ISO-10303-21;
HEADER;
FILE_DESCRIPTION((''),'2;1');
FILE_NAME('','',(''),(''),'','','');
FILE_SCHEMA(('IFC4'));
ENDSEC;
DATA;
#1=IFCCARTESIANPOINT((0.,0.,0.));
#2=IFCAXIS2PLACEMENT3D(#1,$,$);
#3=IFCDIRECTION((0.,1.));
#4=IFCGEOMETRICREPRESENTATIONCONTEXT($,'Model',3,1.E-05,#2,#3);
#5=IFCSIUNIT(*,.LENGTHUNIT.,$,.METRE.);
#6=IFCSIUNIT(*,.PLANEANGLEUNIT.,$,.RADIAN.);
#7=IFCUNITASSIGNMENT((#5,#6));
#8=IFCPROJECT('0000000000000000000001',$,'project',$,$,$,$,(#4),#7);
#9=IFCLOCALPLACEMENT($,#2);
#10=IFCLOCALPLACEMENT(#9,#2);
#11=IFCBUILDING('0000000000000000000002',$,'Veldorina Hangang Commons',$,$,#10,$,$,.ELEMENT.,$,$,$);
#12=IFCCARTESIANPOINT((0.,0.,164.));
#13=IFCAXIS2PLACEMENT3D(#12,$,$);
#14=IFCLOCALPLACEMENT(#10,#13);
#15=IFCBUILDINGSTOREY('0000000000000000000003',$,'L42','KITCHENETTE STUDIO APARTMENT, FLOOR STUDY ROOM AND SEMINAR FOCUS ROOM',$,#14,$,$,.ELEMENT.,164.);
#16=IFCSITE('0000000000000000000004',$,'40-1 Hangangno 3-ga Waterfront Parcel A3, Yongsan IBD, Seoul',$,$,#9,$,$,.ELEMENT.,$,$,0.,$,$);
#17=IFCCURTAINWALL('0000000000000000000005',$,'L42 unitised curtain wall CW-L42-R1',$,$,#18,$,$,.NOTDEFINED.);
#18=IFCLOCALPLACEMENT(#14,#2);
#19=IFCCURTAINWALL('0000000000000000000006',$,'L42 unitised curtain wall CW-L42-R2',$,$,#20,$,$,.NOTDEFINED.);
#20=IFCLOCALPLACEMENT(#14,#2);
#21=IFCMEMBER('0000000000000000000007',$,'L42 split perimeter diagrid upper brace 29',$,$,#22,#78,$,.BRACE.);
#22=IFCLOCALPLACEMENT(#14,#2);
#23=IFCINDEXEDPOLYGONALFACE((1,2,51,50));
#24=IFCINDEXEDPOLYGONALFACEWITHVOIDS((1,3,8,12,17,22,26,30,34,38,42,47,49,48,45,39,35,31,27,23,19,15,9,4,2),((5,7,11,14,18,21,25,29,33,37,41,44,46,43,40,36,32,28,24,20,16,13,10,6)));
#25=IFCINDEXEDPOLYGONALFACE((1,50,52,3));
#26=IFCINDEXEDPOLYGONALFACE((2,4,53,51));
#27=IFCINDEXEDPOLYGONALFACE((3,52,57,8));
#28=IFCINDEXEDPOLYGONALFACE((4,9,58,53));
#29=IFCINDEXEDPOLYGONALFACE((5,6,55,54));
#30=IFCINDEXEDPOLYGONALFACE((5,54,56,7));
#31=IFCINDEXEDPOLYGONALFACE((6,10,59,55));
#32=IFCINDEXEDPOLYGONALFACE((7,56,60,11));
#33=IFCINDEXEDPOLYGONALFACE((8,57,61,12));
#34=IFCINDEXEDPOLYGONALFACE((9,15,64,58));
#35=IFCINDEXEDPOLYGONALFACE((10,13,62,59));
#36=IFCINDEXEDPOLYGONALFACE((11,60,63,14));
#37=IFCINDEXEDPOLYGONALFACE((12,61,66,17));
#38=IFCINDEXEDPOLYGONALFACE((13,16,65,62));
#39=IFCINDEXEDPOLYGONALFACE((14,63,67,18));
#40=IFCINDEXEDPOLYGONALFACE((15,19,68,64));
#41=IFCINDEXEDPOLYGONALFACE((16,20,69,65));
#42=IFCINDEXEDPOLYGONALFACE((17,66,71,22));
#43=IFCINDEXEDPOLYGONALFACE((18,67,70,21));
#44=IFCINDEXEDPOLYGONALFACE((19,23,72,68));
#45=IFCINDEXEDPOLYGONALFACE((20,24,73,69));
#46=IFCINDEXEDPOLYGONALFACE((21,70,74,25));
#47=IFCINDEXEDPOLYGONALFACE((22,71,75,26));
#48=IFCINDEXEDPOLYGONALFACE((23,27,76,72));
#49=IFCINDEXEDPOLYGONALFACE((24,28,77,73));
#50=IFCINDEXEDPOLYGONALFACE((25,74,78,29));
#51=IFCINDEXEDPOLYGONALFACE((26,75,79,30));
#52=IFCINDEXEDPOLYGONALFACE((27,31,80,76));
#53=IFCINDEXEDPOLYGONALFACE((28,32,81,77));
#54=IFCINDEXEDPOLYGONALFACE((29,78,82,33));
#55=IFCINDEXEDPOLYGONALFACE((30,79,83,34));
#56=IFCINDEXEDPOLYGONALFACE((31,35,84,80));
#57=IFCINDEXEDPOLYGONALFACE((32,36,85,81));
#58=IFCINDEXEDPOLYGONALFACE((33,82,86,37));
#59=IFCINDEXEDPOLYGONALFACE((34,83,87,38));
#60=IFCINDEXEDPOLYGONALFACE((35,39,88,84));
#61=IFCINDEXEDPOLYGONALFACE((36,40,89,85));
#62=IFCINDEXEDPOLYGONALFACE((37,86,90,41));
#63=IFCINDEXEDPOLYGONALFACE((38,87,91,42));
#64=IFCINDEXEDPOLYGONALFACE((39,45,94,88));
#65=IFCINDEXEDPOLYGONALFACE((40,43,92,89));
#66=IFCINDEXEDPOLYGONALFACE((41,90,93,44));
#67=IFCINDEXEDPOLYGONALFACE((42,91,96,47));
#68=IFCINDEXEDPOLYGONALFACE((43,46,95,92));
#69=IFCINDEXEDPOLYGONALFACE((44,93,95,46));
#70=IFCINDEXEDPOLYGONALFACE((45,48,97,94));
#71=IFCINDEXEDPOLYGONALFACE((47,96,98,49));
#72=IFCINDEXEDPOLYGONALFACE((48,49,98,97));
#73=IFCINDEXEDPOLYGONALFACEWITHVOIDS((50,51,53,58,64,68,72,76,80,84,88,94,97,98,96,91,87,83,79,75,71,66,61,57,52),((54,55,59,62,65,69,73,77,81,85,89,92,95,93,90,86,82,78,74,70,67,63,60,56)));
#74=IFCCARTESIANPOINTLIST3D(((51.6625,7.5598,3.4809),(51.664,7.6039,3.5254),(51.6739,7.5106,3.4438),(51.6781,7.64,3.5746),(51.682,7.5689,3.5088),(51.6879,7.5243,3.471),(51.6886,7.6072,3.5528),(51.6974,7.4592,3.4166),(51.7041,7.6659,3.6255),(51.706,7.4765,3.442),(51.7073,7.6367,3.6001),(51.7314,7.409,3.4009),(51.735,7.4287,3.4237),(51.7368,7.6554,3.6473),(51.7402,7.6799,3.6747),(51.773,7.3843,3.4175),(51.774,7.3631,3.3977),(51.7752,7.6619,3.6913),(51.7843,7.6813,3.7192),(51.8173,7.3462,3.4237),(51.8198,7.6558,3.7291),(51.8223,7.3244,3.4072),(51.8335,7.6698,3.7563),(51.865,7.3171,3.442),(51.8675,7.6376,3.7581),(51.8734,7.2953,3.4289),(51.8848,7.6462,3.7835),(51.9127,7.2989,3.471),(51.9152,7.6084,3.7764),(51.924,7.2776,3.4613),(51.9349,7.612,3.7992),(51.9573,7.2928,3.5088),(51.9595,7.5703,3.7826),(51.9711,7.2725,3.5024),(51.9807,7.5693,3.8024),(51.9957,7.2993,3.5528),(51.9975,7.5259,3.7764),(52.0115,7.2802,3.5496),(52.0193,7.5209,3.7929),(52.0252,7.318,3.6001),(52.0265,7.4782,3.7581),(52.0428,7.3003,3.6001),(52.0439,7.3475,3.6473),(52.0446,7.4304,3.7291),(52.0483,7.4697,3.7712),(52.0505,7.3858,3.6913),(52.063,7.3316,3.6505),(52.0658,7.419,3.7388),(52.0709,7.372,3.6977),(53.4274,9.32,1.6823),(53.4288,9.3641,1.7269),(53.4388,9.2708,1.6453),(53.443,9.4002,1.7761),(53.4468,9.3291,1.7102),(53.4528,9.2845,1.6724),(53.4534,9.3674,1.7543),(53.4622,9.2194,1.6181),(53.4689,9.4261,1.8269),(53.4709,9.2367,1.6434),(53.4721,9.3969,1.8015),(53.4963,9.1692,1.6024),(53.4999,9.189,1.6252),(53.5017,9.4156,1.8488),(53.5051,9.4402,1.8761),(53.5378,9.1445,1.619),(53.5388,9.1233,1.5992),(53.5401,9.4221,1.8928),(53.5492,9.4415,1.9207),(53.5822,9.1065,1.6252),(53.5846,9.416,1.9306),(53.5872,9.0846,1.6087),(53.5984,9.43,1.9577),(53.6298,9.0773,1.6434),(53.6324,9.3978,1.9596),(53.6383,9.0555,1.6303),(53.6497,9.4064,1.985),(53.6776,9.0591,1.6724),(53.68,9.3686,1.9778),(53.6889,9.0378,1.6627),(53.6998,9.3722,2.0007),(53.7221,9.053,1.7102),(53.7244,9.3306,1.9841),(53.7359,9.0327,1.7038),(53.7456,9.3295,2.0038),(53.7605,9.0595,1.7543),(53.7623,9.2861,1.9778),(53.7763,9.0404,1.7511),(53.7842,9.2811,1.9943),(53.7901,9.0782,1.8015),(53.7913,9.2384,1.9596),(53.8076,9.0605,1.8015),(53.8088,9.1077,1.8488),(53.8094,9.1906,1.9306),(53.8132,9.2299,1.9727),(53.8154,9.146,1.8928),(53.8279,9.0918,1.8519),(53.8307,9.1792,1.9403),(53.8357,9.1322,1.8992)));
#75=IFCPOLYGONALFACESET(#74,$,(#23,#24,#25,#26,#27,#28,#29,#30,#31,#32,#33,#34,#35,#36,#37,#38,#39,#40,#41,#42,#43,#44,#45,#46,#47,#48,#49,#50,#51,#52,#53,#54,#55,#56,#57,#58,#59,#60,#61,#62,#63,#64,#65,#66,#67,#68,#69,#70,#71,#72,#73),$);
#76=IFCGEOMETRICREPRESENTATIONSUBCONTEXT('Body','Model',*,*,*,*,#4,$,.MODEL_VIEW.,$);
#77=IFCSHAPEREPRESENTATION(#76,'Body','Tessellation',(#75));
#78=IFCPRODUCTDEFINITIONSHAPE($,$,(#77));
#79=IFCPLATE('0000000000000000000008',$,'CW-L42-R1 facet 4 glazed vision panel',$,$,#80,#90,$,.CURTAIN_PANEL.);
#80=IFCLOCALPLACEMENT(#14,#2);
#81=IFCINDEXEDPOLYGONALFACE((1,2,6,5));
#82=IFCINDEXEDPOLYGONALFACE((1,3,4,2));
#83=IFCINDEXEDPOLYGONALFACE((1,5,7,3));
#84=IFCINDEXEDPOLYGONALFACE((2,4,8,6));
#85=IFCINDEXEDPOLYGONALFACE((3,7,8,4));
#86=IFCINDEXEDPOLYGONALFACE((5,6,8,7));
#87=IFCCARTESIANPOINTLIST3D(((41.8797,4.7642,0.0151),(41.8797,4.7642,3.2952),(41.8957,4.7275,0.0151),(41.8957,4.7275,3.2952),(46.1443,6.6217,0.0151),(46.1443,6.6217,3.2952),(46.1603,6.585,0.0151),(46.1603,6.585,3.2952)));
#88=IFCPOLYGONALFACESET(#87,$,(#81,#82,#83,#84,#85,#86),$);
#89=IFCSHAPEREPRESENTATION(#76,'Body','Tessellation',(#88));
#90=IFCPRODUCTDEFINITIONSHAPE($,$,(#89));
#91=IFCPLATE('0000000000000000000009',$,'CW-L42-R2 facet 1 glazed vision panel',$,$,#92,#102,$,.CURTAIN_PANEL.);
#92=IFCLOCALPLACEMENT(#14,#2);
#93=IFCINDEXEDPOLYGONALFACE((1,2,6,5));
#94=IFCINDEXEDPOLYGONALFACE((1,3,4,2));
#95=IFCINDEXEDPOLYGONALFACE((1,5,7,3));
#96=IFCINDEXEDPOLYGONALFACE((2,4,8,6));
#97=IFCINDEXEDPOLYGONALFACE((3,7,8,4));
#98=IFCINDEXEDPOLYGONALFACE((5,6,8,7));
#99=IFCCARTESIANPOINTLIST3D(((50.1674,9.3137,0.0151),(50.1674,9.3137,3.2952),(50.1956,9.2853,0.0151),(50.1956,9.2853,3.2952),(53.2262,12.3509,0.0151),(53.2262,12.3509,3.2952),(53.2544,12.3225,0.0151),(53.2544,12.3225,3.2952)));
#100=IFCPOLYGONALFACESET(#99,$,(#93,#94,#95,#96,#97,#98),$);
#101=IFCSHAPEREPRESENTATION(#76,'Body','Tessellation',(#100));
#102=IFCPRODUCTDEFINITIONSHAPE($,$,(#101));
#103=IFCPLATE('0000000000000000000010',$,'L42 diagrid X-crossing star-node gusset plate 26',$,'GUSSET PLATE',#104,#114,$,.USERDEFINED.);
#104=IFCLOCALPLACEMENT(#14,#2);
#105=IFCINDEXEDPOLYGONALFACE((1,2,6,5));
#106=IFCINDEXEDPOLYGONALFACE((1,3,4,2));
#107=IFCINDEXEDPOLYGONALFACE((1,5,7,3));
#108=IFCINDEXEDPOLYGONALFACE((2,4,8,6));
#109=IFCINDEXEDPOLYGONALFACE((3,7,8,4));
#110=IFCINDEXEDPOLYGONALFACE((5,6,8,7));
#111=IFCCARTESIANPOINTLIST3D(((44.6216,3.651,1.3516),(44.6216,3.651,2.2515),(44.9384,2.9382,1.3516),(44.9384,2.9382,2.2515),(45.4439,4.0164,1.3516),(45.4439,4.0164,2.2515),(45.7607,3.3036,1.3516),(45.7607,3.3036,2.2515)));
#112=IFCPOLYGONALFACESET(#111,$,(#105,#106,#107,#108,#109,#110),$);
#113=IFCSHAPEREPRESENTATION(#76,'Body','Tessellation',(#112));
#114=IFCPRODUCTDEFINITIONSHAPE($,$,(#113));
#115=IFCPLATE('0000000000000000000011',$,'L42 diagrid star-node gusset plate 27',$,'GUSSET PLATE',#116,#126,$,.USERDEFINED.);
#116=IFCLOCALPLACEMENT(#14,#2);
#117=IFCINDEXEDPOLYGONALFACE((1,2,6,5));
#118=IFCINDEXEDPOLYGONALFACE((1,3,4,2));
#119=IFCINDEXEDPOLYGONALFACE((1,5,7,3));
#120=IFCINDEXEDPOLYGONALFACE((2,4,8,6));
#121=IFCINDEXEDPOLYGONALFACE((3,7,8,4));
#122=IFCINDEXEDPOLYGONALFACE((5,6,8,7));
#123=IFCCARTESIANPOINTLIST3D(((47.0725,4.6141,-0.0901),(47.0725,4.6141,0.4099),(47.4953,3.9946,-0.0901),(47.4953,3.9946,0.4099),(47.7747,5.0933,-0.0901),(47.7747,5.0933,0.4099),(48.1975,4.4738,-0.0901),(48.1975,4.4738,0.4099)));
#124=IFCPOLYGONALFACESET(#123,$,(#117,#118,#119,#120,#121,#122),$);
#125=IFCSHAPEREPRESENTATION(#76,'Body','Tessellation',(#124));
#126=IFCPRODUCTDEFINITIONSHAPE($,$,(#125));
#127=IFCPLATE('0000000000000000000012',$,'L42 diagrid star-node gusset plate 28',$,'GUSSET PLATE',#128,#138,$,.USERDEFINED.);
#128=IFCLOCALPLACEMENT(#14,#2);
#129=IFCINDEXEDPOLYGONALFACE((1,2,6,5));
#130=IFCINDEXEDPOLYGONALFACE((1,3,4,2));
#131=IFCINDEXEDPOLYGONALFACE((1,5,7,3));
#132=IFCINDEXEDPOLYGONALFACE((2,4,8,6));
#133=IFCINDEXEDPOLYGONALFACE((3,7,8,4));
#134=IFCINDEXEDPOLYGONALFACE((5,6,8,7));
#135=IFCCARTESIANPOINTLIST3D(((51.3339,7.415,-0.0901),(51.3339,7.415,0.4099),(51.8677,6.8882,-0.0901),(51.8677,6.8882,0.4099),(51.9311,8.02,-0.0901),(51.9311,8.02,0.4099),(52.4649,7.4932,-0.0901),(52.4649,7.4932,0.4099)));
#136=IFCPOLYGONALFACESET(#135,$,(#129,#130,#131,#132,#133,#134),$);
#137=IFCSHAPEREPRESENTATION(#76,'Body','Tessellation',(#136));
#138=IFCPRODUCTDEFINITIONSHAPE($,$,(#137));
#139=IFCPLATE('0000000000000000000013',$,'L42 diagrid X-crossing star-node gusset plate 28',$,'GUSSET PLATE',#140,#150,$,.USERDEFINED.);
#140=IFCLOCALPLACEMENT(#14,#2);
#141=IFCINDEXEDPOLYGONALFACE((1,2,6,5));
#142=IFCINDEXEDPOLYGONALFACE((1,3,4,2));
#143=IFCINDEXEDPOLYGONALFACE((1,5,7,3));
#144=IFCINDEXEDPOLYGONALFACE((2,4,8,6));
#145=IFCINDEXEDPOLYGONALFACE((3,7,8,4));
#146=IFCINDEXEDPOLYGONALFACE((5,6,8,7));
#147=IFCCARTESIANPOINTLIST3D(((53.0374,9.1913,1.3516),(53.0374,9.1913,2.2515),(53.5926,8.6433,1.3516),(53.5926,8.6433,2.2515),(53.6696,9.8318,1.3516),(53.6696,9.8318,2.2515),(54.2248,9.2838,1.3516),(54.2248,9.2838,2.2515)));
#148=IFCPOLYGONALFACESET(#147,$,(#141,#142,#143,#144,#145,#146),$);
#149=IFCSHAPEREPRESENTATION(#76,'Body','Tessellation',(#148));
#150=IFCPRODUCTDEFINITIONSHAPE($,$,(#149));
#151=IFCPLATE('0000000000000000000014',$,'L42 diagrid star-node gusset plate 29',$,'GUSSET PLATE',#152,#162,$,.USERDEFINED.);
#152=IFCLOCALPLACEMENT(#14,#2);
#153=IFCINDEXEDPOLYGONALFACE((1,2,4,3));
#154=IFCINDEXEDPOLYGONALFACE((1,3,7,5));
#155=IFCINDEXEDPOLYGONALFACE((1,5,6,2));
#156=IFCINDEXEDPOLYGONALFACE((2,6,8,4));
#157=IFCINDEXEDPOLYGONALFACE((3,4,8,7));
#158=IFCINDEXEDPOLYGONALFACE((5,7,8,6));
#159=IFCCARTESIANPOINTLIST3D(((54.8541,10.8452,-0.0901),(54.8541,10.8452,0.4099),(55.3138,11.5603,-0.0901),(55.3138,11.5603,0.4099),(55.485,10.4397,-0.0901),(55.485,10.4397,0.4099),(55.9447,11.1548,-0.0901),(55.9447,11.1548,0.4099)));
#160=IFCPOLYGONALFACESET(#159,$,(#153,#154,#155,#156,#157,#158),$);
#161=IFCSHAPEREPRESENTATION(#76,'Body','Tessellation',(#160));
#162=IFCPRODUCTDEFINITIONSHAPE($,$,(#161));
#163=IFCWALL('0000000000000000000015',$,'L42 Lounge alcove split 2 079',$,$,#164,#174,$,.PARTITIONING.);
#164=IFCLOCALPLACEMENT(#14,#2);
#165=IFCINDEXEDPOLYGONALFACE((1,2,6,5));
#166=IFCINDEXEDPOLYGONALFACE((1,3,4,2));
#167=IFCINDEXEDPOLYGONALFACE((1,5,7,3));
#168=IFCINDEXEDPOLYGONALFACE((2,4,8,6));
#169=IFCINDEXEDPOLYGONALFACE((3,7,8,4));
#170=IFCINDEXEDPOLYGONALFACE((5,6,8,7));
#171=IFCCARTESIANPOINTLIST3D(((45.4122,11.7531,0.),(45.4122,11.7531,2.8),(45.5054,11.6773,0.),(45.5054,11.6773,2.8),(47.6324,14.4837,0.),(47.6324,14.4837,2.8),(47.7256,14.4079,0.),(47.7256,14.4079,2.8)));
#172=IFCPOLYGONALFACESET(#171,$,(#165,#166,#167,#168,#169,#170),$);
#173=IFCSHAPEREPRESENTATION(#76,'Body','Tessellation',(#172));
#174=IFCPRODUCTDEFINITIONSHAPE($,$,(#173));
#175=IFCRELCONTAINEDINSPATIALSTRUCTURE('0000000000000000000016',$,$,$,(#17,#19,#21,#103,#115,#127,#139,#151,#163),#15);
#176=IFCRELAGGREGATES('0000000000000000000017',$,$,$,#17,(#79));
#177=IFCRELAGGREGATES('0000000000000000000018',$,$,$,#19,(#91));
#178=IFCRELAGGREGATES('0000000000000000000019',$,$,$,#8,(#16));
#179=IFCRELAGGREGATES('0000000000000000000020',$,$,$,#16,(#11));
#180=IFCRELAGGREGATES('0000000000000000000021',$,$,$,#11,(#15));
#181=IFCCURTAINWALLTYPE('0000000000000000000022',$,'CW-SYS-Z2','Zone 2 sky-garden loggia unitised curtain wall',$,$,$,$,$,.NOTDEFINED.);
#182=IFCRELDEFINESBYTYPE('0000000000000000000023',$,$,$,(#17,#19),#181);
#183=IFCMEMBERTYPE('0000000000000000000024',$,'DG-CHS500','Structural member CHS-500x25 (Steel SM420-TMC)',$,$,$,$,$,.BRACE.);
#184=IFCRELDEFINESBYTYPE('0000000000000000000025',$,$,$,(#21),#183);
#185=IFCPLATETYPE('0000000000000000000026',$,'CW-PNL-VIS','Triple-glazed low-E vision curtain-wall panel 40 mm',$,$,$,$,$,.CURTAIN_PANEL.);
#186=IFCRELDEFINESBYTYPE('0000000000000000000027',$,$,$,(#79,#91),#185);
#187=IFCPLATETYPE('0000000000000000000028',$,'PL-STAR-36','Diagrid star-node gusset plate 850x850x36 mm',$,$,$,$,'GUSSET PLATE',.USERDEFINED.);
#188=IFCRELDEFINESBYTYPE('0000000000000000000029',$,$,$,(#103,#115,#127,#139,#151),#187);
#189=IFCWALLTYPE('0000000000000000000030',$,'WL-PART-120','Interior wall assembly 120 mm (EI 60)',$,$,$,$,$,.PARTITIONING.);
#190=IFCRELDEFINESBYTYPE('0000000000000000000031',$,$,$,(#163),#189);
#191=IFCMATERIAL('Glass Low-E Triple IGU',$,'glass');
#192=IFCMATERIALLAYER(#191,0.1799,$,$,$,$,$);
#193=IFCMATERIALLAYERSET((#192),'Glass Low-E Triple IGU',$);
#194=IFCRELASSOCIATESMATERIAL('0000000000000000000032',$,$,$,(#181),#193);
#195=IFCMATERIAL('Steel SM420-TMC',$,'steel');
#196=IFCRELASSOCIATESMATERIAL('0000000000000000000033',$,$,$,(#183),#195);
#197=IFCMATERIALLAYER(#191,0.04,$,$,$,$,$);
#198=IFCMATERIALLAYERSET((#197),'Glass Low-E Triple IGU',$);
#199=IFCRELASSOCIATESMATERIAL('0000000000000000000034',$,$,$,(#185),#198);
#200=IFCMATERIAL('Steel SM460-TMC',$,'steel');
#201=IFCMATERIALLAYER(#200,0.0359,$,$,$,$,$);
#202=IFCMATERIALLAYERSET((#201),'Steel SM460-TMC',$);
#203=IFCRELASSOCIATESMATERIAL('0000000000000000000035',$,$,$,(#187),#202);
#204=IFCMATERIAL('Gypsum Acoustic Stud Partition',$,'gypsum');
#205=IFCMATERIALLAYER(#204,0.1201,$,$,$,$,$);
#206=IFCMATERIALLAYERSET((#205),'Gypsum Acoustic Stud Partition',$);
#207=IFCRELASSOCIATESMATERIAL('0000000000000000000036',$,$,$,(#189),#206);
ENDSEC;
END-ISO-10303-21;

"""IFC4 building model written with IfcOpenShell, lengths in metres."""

from ifc_helpers import new_model, si_unit, direction, frame, frame_2d, origin, origin_2d, place, context, subcontext, project, spatial, rectangle, hollow_circle, extrude, material, layer, layer_set, material_profile, profile_set, type_object, element, aggregate, save


model = new_model("IFC4")

# Units and contexts
model_context = context("Model", 3, precision=1e-05, world=origin(), true_north=direction((0.0, 1.0)))
body_context = subcontext(model_context, "Body", "Model", "MODEL_VIEW")
ifc_project = project(units=[si_unit("LENGTHUNIT", "METRE"), si_unit("PLANEANGLEUNIT", "RADIAN")], contexts=[model_context])

# Site, building, storey
site_placement = place(None, origin())
site = spatial("IfcSite", under=ifc_project, at=site_placement, Name="40-1 Hangangno 3-ga Waterfront Parcel A3, Yongsan IBD, Seoul", CompositionType="ELEMENT", RefElevation=0.0)
building_placement = place(site_placement, origin())
building = spatial("IfcBuilding", under=site, at=building_placement, Name="Veldorina Hangang Commons", CompositionType="ELEMENT")
storey_placement = place(building_placement, frame((0.0, 0.0, 164.0)))
storey = spatial("IfcBuildingStorey", under=building, at=storey_placement, Name="L42", Description="KITCHENETTE STUDIO APARTMENT, FLOOR STUDY ROOM AND SEMINAR FOCUS ROOM", CompositionType="ELEMENT", Elevation=164.0)

# Shared definitions
ifc_material_1 = material(Name="Steel SM420-TMC", Category="steel")

# Curtain wall
ifc_material_2 = material(Name="Glass Low-E Triple IGU", Category="glass")
ifc_layer_1 = layer(ifc_material_2, 0.1799)
ifc_layer_set_1 = layer_set([ifc_layer_1], Name="Glass Low-E Triple IGU")
curtain_wall_type = type_object("IfcCurtainWallType", Name="CW-SYS-Z2", Description="Zone 2 sky-garden loggia unitised curtain wall", PredefinedType="NOTDEFINED", material=ifc_layer_set_1)
curtain_wall_1_placement = place(storey_placement, origin())
curtain_wall_1 = element("IfcCurtainWall", 1, at=curtain_wall_1_placement, inside=storey, type_object=curtain_wall_type, Name="L42 unitised curtain wall CW-L42-R1", PredefinedType="NOTDEFINED")

# Curtain wall
curtain_wall_2_placement = place(storey_placement, origin())
curtain_wall_2 = element("IfcCurtainWall", 2, at=curtain_wall_2_placement, inside=storey, type_object=curtain_wall_type, Name="L42 unitised curtain wall CW-L42-R2", PredefinedType="NOTDEFINED")

# Member
ifc_material_profile_1 = material_profile(ifc_material_1, hollow_circle(Radius=0.25, WallThickness=0.0249, at=origin_2d()), Name="CHS-500x25")
ifc_profile_set_1 = profile_set([ifc_material_profile_1], Name="Steel SM420-TMC")
member_type_1 = type_object("IfcMemberType", Name="DG-CHS500", Description="Structural member CHS-500x25 (Steel SM420-TMC)", PredefinedType="BRACE", material=ifc_profile_set_1)
member_1_placement = place(storey_placement, frame((53.6311, 9.2375, 1.8015), z_axis=(-0.574173, -0.572664, 0.585134), x_axis=(0.706176, -0.708037, 0.0)))
element("IfcMember", 3, at=member_1_placement, inside=storey, type_object=member_type_1, Name="L42 split perimeter diagrid upper brace 29", PredefinedType="BRACE", context=body_context, shape_type="SweptSolid", body=[
    extrude(hollow_circle(Radius=0.25, WallThickness=0.0249, at=origin_2d()), origin(), (0.0, 0.0, 1.0), 3.0737),
])

# Plates
ifc_layer_2 = layer(ifc_material_2, 0.04)
ifc_layer_set_2 = layer_set([ifc_layer_2], Name="Glass Low-E Triple IGU")
plate_type_1 = type_object("IfcPlateType", Name="CW-PNL-VIS", Description="Triple-glazed low-E vision curtain-wall panel 40 mm", PredefinedType="CURTAIN_PANEL", material=ifc_layer_set_2)
plate_1_placement = place(storey_placement, frame((44.02, 5.6746, 0.0151), z_axis=(0.0, 0.0, 1.0), x_axis=(0.916809, 0.399325, 0.0)))
plate_1 = element("IfcPlate", 4, at=plate_1_placement, type_object=plate_type_1, Name="CW-L42-R1 facet 4 glazed vision panel", PredefinedType="CURTAIN_PANEL", context=body_context, shape_type="SweptSolid", body=[
    extrude(rectangle(XDim=4.6516, YDim=0.04, at=origin_2d()), origin(), (0.0, 0.0, 1.0), 3.28),
])
aggregate(curtain_wall_1, [plate_1])
plate_2_placement = place(storey_placement, frame((51.7109, 10.8181, 0.0151), z_axis=(0.0, 0.0, 1.0), x_axis=(0.709608, 0.704597, 0.0)))
plate_2 = element("IfcPlate", 5, at=plate_2_placement, type_object=plate_type_1, Name="CW-L42-R2 facet 1 glazed vision panel", PredefinedType="CURTAIN_PANEL", context=body_context, shape_type="SweptSolid", body=[
    extrude(rectangle(XDim=4.3105, YDim=0.04, at=origin_2d()), origin(), (0.0, 0.0, 1.0), 3.28),
])
aggregate(curtain_wall_2, [plate_2])

# Plates
ifc_material_3 = material(Name="Steel SM460-TMC", Category="steel")
ifc_layer_3 = layer(ifc_material_3, 0.0359)
ifc_layer_set_3 = layer_set([ifc_layer_3], Name="Steel SM460-TMC")
plate_type_2 = type_object("IfcPlateType", Name="PL-STAR-36", Description="Diagrid star-node gusset plate 850x850x36 mm", ElementType="GUSSET PLATE", PredefinedType="USERDEFINED", material=ifc_layer_set_3)
plate_3_placement = place(storey_placement, frame((45.1912, 3.4773, 1.3516), z_axis=(0.0, 0.0, 1.0), x_axis=(0.913815, 0.406131, 0.0)))
element("IfcPlate", 6, at=plate_3_placement, inside=storey, type_object=plate_type_2, Name="L42 diagrid X-crossing star-node gusset plate 26", ObjectType="GUSSET PLATE", PredefinedType="USERDEFINED", context=body_context, shape_type="SweptSolid", body=[
    extrude(rectangle(XDim=0.8999, YDim=0.78, at=origin_2d()), origin(), (0.0, 0.0, 1.0), 0.8999),
])
for number, where, z_axis, x_axis, name in (
    (7, (47.635, 4.5439, -0.0901), (0.0, 0.0, 1.0), (0.826, 0.56367, 0.0), "L42 diagrid star-node gusset plate 27"),
    (8, (51.8994, 7.4541, -0.0901), (0.0, 0.0, 1.0), (0.702489, 0.711695, 0.0), "L42 diagrid star-node gusset plate 28"),
):
    element("IfcPlate", number, at=place(storey_placement, frame(where, z_axis=z_axis, x_axis=x_axis)), inside=storey, type_object=plate_type_2, Name=name, ObjectType="GUSSET PLATE", PredefinedType="USERDEFINED", context=body_context, shape_type="SweptSolid", body=[
        extrude(rectangle(XDim=0.8501, YDim=0.75, at=origin_2d()), origin(), (0.0, 0.0, 1.0), 0.5),
    ])
plate_4_placement = place(storey_placement, frame((53.6311, 9.2375, 1.3516), z_axis=(0.0, 0.0, 1.0), x_axis=(0.702489, 0.711695, 0.0)))
element("IfcPlate", 9, at=plate_4_placement, inside=storey, type_object=plate_type_2, Name="L42 diagrid X-crossing star-node gusset plate 28", ObjectType="GUSSET PLATE", PredefinedType="USERDEFINED", context=body_context, shape_type="SweptSolid", body=[
    extrude(rectangle(XDim=0.8999, YDim=0.78, at=origin_2d()), origin(), (0.0, 0.0, 1.0), 0.8999),
])
plate_5_placement = place(storey_placement, frame((55.3994, 11.0, -0.0901), z_axis=(0.0, 0.0, 1.0), x_axis=(0.54074, 0.84119, 0.0)))
element("IfcPlate", 10, at=plate_5_placement, inside=storey, type_object=plate_type_2, Name="L42 diagrid star-node gusset plate 29", ObjectType="GUSSET PLATE", PredefinedType="USERDEFINED", context=body_context, shape_type="SweptSolid", body=[
    extrude(rectangle(XDim=0.8501, YDim=0.75, at=origin_2d()), origin(), (0.0, 0.0, 1.0), 0.5),
])

# Wall
ifc_material_4 = material(Name="Gypsum Acoustic Stud Partition", Category="gypsum")
ifc_layer_4 = layer(ifc_material_4, 0.1201)
ifc_layer_set_4 = layer_set([ifc_layer_4], Name="Gypsum Acoustic Stud Partition")
wall_type_1 = type_object("IfcWallType", Name="WL-PART-120", Description="Interior wall assembly 120 mm (EI 60)", PredefinedType="PARTITIONING", material=ifc_layer_set_4)
wall_1_placement = place(storey_placement, frame((45.4587, 11.7151, 0.0), z_axis=(0.0, 0.0, 1.0), x_axis=(0.630851, 0.775904, 0.0)))
element("IfcWall", 11, at=wall_1_placement, inside=storey, type_object=wall_type_1, Name="L42 Lounge alcove split 2 079", PredefinedType="PARTITIONING", context=body_context, shape_type="SweptSolid", body=[
    extrude(rectangle(XDim=3.5193, YDim=0.1201, at=frame_2d((1.7598, 0.0))), origin(), (0.0, 0.0, 1.0), 2.8),
])

save(model, "model.ifc")
